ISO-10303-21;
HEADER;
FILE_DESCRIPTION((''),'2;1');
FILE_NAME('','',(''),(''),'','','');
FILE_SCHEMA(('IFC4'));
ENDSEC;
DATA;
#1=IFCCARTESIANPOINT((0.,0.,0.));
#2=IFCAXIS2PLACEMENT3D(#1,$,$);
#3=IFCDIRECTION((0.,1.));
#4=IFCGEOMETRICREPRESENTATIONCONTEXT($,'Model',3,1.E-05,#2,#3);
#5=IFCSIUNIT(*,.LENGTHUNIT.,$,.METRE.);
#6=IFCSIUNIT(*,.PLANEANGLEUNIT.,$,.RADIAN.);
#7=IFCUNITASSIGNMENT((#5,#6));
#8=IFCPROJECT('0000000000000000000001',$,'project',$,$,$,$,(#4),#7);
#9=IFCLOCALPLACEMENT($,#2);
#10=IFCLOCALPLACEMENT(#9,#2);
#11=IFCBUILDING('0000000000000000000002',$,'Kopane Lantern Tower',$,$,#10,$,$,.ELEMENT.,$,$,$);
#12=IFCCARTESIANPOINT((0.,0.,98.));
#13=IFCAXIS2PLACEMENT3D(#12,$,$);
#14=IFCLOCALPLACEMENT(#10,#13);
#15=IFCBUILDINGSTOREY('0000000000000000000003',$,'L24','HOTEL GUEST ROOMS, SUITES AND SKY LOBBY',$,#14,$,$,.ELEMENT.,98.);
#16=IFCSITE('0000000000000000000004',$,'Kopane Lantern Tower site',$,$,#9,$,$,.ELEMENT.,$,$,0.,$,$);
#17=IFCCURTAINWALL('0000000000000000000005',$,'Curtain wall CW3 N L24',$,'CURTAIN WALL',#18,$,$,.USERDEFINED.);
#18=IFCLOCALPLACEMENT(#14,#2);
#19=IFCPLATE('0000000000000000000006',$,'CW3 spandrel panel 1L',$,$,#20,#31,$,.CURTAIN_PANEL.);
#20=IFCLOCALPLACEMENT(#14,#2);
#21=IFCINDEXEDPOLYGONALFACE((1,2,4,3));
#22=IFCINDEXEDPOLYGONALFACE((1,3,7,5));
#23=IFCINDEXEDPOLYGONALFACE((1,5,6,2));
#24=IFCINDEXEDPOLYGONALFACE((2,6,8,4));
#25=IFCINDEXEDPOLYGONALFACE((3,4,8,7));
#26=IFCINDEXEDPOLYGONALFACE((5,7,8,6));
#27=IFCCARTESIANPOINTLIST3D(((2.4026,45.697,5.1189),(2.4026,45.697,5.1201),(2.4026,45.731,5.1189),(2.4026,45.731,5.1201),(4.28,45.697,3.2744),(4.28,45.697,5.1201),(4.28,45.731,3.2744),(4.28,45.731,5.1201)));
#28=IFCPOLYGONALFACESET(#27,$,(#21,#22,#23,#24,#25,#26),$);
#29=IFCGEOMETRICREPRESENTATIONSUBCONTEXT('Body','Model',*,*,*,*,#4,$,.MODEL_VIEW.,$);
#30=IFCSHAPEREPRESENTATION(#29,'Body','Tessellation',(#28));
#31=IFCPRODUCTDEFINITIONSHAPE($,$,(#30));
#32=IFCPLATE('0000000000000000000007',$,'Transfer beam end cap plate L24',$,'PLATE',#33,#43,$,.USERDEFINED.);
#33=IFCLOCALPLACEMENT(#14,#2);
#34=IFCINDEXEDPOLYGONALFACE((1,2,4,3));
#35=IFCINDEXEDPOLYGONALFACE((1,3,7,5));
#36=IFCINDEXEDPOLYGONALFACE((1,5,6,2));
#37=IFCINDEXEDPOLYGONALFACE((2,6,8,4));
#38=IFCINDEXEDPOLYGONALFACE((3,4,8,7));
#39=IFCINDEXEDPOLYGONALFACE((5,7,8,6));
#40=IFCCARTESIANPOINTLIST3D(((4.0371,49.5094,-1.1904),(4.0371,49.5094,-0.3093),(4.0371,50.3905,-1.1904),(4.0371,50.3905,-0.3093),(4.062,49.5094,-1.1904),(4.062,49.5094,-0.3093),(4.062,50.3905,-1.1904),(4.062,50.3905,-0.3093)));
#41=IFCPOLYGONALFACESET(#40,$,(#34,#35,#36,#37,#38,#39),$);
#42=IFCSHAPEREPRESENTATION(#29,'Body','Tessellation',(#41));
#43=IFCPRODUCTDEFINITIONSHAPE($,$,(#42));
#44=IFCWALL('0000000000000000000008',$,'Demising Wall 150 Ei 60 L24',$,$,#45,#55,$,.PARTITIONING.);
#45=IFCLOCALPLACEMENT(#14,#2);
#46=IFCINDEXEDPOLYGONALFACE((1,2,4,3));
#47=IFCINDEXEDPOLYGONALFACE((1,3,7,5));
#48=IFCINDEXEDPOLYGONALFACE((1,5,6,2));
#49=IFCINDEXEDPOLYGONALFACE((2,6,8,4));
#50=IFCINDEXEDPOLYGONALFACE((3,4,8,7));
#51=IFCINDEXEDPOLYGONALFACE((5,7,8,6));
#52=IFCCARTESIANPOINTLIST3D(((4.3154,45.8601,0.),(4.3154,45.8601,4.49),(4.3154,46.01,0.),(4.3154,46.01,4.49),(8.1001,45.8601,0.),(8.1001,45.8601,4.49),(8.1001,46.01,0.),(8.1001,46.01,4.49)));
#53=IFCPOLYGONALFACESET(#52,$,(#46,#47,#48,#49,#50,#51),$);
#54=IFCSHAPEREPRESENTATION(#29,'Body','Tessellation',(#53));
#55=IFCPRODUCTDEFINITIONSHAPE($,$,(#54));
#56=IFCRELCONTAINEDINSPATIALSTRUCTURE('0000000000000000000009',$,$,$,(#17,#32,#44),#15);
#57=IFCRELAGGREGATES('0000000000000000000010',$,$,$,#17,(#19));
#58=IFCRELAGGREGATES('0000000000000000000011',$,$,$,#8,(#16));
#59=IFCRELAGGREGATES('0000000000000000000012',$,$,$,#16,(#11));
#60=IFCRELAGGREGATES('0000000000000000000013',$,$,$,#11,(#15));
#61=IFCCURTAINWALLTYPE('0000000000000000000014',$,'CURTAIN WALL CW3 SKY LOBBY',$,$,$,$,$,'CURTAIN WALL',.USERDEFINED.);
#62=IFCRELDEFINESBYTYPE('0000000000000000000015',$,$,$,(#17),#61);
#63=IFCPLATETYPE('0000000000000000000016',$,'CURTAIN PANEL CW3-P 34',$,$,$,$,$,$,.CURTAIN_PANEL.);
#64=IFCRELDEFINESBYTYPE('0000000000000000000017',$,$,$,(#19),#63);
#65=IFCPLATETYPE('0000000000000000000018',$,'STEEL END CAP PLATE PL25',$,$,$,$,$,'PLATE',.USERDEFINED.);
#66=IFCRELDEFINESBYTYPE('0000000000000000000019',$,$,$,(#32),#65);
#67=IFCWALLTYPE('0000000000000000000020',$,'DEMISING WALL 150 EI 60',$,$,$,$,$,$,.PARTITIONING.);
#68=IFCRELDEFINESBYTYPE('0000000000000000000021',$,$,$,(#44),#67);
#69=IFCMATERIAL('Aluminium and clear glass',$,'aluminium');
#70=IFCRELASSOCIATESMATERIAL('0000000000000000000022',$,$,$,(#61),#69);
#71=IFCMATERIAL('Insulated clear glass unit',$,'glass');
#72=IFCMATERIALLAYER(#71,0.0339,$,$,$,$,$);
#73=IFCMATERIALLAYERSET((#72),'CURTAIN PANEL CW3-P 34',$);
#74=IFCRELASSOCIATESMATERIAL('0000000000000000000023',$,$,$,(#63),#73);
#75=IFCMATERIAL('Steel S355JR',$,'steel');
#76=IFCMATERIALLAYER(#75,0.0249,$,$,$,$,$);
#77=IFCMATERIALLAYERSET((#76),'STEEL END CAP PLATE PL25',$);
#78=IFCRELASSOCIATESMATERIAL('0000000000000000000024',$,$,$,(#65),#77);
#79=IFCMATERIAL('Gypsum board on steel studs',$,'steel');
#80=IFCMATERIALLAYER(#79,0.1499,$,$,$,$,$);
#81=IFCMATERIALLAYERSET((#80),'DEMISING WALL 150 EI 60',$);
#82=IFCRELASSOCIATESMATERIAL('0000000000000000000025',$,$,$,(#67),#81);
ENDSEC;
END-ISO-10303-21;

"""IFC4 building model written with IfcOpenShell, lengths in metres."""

from ifc_helpers import new_model, si_unit, direction, frame, frame_2d, origin, origin_2d, place, context, subcontext, project, spatial, polyline, rectangle, outline, extrude, material, layer, layer_set, type_object, element, aggregate, save


model = new_model("IFC4")

# Units and contexts
model_context = context("Model", 3, precision=1e-05, world=origin(), true_north=direction((0.0, 1.0)))
body_context = subcontext(model_context, "Body", "Model", "MODEL_VIEW")
ifc_project = project(units=[si_unit("LENGTHUNIT", "METRE"), si_unit("PLANEANGLEUNIT", "RADIAN")], contexts=[model_context])

# Site, building, storey
site_placement = place(None, origin())
site = spatial("IfcSite", under=ifc_project, at=site_placement, Name="Kopane Lantern Tower site", CompositionType="ELEMENT", RefElevation=0.0)
building_placement = place(site_placement, origin())
building = spatial("IfcBuilding", under=site, at=building_placement, Name="Kopane Lantern Tower", CompositionType="ELEMENT")
storey_placement = place(building_placement, frame((0.0, 0.0, 98.0)))
storey = spatial("IfcBuildingStorey", under=building, at=storey_placement, Name="L24", Description="HOTEL GUEST ROOMS, SUITES AND SKY LOBBY", CompositionType="ELEMENT", Elevation=98.0)

# Curtain wall
ifc_material_1 = material(Name="Aluminium and clear glass", Category="aluminium")
curtain_wall_type = type_object("IfcCurtainWallType", Name="CURTAIN WALL CW3 SKY LOBBY", ElementType="CURTAIN WALL", PredefinedType="USERDEFINED", material=ifc_material_1)
curtain_wall_1_placement = place(storey_placement, origin())
curtain_wall_1 = element("IfcCurtainWall", 1, at=curtain_wall_1_placement, inside=storey, type_object=curtain_wall_type, Name="Curtain wall CW3 N L24", ObjectType="CURTAIN WALL", PredefinedType="USERDEFINED")

# Plates
ifc_material_2 = material(Name="Insulated clear glass unit", Category="glass")
ifc_layer_1 = layer(ifc_material_2, 0.0339)
ifc_layer_set_1 = layer_set([ifc_layer_1], Name="CURTAIN PANEL CW3-P 34")
plate_type_1 = type_object("IfcPlateType", Name="CURTAIN PANEL CW3-P 34", PredefinedType="CURTAIN_PANEL", material=ifc_layer_set_1)
plate_1_placement = place(storey_placement, frame((4.28, 45.7141, 5.1201), z_axis=(0.0, 0.0, 1.0), x_axis=(-1.0, 0.0, 0.0)))
plate_1 = element("IfcPlate", 2, at=plate_1_placement, type_object=plate_type_1, Name="CW3 spandrel panel 1L", PredefinedType="CURTAIN_PANEL", context=body_context, shape_type="SweptSolid", body=[
    extrude(outline(polyline([(0.0, 0.0), (1.8774, 0.0), (1.8774, -0.0012), (0.0, -1.8457), (0.0, 0.0)])), frame((0.0, 0.0171, 0.0), z_axis=(0.0, -1.0, 0.0), x_axis=(1.0, 0.0, 0.0)), (0.0, 0.0, 1.0), 0.0339),
])
aggregate(curtain_wall_1, [plate_1])
ifc_material_3 = material(Name="Steel S355JR", Category="steel")
ifc_layer_2 = layer(ifc_material_3, 0.0249)
ifc_layer_set_2 = layer_set([ifc_layer_2], Name="STEEL END CAP PLATE PL25")
plate_type_2 = type_object("IfcPlateType", Name="STEEL END CAP PLATE PL25", ElementType="PLATE", PredefinedType="USERDEFINED", material=ifc_layer_set_2)
plate_2_placement = place(storey_placement, frame((4.0496, 49.95, -1.1904), z_axis=(0.0, 0.0, 1.0), x_axis=(1.0, 0.0, 0.0)))
element("IfcPlate", 3, at=plate_2_placement, inside=storey, type_object=plate_type_2, Name="Transfer beam end cap plate L24", ObjectType="PLATE", PredefinedType="USERDEFINED", context=body_context, shape_type="SweptSolid", body=[
    extrude(rectangle(XDim=0.0249, YDim=0.8811, at=origin_2d()), origin(), (0.0, 0.0, 1.0), 0.8811),
])

# Wall
ifc_material_4 = material(Name="Gypsum board on steel studs", Category="steel")
ifc_layer_3 = layer(ifc_material_4, 0.1499)
ifc_layer_set_3 = layer_set([ifc_layer_3], Name="DEMISING WALL 150 EI 60")
wall_type = type_object("IfcWallType", Name="DEMISING WALL 150 EI 60", PredefinedType="PARTITIONING", material=ifc_layer_set_3)
wall_placement = place(storey_placement, frame((4.3154, 45.9351, 0.0), z_axis=(0.0, 0.0, 1.0), x_axis=(1.0, 0.0, 0.0)))
element("IfcWall", 4, at=wall_placement, inside=storey, type_object=wall_type, Name="Demising Wall 150 Ei 60 L24", PredefinedType="PARTITIONING", context=body_context, shape_type="SweptSolid", body=[
    extrude(rectangle(XDim=3.7847, YDim=0.1499, at=frame_2d((1.8923, 0.0))), origin(), (0.0, 0.0, 1.0), 4.49),
])

save(model, "model.ifc")
